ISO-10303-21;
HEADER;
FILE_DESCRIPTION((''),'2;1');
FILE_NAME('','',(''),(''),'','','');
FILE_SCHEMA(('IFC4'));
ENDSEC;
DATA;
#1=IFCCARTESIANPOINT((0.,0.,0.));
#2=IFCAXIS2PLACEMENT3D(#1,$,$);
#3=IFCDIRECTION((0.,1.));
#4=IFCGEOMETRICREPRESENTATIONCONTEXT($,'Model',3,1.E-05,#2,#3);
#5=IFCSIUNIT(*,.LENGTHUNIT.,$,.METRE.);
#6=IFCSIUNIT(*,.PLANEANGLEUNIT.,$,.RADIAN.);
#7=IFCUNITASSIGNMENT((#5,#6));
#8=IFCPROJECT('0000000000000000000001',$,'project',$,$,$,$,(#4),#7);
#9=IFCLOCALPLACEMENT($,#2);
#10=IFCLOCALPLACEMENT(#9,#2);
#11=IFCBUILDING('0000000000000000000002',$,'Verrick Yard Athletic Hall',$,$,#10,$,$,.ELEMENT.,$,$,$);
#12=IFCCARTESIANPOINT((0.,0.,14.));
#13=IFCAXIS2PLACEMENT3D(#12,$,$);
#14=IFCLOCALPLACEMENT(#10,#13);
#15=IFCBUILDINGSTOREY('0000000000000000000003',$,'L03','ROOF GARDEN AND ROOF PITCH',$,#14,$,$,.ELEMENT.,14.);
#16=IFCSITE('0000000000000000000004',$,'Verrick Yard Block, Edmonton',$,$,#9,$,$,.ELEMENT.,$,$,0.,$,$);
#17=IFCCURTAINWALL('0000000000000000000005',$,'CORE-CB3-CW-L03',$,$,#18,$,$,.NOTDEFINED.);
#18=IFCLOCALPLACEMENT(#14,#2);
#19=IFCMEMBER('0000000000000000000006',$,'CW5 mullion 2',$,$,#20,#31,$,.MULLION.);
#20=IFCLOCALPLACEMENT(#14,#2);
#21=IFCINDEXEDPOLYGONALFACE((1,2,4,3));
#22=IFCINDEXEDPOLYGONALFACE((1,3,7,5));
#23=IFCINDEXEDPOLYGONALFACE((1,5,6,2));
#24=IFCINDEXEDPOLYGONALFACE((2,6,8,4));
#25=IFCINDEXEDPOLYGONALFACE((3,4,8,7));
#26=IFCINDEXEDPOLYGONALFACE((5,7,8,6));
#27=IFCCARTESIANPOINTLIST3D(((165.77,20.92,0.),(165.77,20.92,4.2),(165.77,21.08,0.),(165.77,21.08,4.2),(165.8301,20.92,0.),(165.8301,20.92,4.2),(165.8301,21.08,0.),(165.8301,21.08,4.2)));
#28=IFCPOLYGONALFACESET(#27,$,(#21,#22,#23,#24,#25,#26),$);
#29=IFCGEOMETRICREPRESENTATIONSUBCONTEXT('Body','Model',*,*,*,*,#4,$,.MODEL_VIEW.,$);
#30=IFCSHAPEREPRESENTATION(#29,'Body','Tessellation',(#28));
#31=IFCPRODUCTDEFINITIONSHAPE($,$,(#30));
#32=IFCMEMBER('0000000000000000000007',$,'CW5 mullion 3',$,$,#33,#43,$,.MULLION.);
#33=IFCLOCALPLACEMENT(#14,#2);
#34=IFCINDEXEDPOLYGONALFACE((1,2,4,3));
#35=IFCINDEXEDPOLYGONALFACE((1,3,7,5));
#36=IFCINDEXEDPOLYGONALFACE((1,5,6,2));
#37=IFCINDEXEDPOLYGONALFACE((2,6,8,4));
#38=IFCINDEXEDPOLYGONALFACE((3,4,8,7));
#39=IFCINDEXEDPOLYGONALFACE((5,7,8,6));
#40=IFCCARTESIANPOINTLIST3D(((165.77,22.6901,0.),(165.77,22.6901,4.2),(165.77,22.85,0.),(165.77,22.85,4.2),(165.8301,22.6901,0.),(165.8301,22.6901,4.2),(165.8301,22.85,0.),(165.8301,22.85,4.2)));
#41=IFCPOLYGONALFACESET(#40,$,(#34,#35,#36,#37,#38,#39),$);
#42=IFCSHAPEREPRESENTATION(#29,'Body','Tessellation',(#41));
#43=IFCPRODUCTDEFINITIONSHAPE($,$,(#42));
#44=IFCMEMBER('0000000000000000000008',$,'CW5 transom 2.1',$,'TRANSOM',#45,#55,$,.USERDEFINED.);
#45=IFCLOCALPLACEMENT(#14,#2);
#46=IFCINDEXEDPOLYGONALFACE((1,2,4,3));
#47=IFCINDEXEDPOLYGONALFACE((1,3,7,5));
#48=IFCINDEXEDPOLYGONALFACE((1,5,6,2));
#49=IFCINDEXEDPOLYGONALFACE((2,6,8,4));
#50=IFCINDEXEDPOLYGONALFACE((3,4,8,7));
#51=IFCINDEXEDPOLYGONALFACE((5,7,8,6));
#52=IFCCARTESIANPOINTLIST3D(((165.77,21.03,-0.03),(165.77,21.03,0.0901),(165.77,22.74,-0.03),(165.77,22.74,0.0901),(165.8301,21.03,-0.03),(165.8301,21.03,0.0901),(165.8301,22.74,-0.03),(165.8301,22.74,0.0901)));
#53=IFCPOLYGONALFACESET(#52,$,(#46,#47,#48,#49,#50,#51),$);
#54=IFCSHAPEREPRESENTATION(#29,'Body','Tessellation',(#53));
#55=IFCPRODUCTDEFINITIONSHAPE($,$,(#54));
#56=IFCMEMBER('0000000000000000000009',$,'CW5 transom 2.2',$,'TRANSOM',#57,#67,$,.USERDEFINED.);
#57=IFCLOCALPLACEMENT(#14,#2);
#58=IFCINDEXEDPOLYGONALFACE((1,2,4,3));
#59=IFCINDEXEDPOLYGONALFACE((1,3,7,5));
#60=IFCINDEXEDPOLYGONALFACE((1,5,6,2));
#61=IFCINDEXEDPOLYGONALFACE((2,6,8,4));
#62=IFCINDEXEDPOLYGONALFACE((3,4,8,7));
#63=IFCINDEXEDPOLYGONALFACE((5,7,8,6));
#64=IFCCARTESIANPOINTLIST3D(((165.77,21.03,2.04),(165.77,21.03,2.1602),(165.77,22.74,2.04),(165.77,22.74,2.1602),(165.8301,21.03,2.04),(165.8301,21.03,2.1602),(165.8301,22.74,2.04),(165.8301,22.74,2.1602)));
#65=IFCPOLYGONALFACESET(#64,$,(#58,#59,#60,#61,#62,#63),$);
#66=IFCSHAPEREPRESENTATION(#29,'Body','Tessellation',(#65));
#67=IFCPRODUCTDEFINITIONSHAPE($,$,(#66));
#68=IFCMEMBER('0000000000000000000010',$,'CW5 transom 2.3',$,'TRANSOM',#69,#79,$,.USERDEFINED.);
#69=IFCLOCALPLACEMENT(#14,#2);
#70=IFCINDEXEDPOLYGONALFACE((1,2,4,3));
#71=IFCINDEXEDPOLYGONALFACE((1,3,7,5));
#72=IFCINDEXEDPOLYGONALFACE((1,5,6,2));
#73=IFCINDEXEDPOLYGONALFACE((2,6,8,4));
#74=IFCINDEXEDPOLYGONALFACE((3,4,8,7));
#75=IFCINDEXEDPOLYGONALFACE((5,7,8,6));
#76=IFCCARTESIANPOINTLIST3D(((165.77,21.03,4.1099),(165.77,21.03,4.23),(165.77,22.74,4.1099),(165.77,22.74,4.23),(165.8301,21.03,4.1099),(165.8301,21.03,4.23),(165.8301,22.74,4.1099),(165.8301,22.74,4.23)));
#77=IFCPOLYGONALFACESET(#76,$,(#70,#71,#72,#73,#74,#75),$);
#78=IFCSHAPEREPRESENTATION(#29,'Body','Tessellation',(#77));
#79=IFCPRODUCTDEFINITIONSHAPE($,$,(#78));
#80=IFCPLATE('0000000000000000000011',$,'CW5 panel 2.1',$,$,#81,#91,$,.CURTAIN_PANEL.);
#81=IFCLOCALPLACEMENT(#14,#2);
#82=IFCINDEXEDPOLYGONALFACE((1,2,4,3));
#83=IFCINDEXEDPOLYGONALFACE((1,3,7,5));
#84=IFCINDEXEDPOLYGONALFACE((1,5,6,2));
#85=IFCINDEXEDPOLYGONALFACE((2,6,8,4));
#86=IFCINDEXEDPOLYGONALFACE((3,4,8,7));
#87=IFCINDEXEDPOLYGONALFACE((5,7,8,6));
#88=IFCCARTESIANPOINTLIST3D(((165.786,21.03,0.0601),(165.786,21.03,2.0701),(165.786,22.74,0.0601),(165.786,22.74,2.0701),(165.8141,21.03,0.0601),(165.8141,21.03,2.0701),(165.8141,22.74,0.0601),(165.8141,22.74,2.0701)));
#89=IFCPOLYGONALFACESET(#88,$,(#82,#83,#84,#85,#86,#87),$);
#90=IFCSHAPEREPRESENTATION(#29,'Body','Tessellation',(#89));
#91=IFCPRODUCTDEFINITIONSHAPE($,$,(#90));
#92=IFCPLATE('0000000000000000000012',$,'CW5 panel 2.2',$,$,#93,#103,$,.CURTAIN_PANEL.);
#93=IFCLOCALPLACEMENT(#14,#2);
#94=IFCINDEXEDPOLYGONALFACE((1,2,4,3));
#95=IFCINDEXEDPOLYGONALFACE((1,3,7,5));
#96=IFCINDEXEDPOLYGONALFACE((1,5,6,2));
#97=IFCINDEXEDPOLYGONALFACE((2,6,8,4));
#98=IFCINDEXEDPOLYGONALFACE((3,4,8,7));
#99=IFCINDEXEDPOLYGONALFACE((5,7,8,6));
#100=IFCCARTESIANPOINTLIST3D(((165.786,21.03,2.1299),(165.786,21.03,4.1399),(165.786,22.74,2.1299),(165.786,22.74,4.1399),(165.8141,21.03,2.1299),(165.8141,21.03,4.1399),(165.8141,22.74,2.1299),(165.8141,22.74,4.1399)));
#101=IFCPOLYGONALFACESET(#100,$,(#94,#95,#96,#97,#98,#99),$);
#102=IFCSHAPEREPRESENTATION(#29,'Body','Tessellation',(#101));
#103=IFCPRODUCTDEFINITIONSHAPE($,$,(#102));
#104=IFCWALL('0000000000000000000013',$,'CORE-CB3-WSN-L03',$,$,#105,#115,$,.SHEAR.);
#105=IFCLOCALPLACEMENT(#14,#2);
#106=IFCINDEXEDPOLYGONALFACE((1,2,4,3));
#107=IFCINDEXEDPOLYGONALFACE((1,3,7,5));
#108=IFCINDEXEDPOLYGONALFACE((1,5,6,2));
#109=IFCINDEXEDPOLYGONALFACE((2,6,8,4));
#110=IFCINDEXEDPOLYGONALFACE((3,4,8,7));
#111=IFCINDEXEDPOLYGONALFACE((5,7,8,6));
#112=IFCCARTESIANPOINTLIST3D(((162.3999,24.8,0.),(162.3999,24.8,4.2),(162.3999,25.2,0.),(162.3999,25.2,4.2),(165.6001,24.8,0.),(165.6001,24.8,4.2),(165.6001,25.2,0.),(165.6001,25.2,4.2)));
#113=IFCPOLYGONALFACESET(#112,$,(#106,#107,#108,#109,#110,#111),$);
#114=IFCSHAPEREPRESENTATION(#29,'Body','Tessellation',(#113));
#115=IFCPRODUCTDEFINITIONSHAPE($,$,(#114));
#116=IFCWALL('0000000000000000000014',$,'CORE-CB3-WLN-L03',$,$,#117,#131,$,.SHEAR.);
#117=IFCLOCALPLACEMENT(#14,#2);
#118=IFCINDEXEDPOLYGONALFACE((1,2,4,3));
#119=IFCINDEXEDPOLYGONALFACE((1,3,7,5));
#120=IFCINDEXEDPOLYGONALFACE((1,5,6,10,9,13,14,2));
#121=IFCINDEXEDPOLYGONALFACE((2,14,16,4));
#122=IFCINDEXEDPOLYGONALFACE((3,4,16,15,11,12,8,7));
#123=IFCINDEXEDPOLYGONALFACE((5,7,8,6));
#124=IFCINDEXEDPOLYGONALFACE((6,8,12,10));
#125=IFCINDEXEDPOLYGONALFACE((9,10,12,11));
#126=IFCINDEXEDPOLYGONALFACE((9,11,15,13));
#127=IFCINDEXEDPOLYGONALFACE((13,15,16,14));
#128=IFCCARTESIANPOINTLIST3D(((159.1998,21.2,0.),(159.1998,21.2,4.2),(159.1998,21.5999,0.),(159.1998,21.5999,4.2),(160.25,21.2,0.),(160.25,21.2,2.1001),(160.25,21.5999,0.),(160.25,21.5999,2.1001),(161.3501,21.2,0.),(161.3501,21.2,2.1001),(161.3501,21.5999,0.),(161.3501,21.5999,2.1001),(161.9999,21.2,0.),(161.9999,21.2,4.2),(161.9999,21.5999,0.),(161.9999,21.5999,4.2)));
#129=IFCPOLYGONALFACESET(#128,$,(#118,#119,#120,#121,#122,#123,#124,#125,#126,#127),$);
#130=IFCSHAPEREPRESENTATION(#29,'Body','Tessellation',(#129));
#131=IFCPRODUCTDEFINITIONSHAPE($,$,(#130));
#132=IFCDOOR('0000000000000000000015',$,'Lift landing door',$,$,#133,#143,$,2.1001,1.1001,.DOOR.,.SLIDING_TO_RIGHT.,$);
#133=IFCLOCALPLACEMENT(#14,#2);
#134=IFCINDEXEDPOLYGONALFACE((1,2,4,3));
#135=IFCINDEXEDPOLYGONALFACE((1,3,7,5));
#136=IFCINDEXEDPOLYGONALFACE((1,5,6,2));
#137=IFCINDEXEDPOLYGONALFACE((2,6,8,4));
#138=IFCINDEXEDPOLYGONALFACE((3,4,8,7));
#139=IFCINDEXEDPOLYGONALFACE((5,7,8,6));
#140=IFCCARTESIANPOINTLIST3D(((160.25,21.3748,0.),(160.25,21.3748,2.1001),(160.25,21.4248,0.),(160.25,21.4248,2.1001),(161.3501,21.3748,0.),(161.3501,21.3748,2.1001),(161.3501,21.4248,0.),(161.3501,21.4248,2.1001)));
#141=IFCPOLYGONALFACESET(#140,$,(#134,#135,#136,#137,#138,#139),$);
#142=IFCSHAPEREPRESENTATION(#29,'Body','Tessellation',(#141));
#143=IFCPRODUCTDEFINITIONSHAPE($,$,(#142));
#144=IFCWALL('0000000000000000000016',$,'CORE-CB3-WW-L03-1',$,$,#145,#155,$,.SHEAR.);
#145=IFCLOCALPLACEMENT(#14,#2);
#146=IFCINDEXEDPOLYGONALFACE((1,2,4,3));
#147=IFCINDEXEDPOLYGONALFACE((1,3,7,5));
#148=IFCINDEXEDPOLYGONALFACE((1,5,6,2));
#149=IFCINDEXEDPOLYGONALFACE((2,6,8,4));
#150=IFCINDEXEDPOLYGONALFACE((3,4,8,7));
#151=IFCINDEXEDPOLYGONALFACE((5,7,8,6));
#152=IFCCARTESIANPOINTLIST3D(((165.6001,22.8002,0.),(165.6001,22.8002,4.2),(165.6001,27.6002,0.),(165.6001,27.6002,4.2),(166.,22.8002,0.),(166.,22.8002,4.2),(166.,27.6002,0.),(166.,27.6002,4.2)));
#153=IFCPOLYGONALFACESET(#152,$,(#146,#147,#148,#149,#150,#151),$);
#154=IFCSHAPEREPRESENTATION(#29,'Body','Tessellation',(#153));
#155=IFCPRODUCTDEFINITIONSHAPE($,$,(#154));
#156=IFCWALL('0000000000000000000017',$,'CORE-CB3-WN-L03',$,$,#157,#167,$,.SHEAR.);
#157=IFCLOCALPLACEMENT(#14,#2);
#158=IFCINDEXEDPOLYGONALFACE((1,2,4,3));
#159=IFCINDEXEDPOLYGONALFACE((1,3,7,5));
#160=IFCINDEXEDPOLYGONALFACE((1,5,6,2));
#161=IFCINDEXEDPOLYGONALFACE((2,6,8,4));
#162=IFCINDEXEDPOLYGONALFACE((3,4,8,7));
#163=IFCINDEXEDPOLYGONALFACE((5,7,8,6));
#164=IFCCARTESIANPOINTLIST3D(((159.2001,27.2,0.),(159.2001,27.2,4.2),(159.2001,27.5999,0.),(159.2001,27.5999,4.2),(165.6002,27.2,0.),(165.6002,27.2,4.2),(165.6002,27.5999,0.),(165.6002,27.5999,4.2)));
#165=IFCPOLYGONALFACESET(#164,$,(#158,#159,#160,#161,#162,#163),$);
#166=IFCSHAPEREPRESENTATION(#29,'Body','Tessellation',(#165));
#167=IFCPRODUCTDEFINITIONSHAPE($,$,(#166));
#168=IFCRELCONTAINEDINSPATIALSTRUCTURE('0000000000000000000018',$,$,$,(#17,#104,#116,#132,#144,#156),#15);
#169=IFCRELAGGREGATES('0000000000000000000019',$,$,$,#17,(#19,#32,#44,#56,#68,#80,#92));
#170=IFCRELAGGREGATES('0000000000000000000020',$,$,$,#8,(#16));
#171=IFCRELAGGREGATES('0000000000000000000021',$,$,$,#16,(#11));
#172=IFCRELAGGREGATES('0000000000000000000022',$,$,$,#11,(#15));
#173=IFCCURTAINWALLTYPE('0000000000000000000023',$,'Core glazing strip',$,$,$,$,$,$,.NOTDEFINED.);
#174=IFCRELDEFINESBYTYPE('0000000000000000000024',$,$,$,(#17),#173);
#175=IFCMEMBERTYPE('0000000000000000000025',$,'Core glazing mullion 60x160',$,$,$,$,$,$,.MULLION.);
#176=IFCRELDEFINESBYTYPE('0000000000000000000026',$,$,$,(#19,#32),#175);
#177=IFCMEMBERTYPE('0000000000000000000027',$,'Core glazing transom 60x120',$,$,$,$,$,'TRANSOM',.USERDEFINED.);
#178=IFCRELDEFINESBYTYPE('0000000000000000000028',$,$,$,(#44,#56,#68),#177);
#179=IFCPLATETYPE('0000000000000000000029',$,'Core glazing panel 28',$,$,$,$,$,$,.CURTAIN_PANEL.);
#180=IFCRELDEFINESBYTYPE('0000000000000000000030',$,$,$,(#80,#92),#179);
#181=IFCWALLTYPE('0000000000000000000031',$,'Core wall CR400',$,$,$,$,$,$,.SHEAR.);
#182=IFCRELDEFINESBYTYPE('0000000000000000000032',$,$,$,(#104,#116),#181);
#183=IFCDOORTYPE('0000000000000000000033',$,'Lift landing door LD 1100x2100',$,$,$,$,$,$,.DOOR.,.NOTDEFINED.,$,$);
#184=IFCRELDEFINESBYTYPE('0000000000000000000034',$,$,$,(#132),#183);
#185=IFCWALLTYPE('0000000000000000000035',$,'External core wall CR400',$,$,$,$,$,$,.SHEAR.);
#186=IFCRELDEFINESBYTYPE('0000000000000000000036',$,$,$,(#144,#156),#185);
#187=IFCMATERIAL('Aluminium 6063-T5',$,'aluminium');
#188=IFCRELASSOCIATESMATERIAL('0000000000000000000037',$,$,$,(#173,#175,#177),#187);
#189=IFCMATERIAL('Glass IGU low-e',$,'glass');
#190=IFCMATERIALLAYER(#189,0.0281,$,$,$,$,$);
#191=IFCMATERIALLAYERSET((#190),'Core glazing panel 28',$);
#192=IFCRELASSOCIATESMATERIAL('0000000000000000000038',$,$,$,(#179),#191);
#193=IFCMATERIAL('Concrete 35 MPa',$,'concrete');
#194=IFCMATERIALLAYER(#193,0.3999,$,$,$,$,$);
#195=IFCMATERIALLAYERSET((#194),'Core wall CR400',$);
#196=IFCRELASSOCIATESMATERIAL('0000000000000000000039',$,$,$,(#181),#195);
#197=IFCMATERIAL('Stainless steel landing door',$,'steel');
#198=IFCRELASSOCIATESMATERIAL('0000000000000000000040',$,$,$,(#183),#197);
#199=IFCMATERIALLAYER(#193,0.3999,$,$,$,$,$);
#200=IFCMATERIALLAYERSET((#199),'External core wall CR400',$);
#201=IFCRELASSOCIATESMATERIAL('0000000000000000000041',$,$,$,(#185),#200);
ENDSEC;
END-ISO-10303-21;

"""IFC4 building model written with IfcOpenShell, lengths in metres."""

from ifc_helpers import new_model, si_unit, direction, frame, frame_2d, origin, origin_2d, place, context, subcontext, project, spatial, rectangle, extrude, material, layer, layer_set, material_profile, profile_set, type_object, element, fill, aggregate, save


model = new_model("IFC4")

# Units and contexts
model_context = context("Model", 3, precision=1e-05, world=origin(), true_north=direction((0.0, 1.0)))
body_context = subcontext(model_context, "Body", "Model", "MODEL_VIEW")
ifc_project = project(units=[si_unit("LENGTHUNIT", "METRE"), si_unit("PLANEANGLEUNIT", "RADIAN")], contexts=[model_context])

# Site, building, storey
site_placement = place(None, origin())
site = spatial("IfcSite", under=ifc_project, at=site_placement, Name="Verrick Yard Block, Edmonton", CompositionType="ELEMENT", RefElevation=0.0)
building_placement = place(site_placement, origin())
building = spatial("IfcBuilding", under=site, at=building_placement, Name="Verrick Yard Athletic Hall", CompositionType="ELEMENT")
storey_placement = place(building_placement, frame((0.0, 0.0, 14.0)))
storey = spatial("IfcBuildingStorey", under=building, at=storey_placement, Name="L03", Description="ROOF GARDEN AND ROOF PITCH", CompositionType="ELEMENT", Elevation=14.0)

# Curtain wall, members, plates
ifc_material_1 = material(Name="Aluminium 6063-T5", Category="aluminium")
curtain_wall_type = type_object("IfcCurtainWallType", Name="Core glazing strip", PredefinedType="NOTDEFINED", material=ifc_material_1)
curtain_wall_placement = place(storey_placement, origin())
curtain_wall = element("IfcCurtainWall", 1, at=curtain_wall_placement, inside=storey, type_object=curtain_wall_type, Name="CORE-CB3-CW-L03", PredefinedType="NOTDEFINED")
ifc_material_profile_1 = material_profile(ifc_material_1, rectangle(XDim=0.0601, YDim=0.1599, at=origin_2d()), Name="Core glazing mullion 60x160")
ifc_profile_set_1 = profile_set([ifc_material_profile_1], Name="Aluminium 6063-T5")
member_type_1 = type_object("IfcMemberType", Name="Core glazing mullion 60x160", PredefinedType="MULLION", material=ifc_profile_set_1)
member_1_placement = place(storey_placement, frame((165.8, 21.0, 0.0), z_axis=(0.0, 0.0, 1.0), x_axis=(-1.0, 0.0, 0.0)))
member_1 = element("IfcMember", 2, at=member_1_placement, type_object=member_type_1, Name="CW5 mullion 2", PredefinedType="MULLION", context=body_context, shape_type="SweptSolid", body=[
    extrude(rectangle(XDim=0.0601, YDim=0.1599, at=origin_2d()), origin(), (0.0, 0.0, 1.0), 4.2),
])
member_2_placement = place(storey_placement, frame((165.8, 22.77, 0.0), z_axis=(0.0, 0.0, 1.0), x_axis=(-1.0, 0.0, 0.0)))
member_2 = element("IfcMember", 3, at=member_2_placement, type_object=member_type_1, Name="CW5 mullion 3", PredefinedType="MULLION", context=body_context, shape_type="SweptSolid", body=[
    extrude(rectangle(XDim=0.0601, YDim=0.1599, at=origin_2d()), origin(), (0.0, 0.0, 1.0), 4.2),
])
ifc_material_profile_2 = material_profile(ifc_material_1, rectangle(XDim=0.0601, YDim=0.1201, at=origin_2d()), Name="Core glazing transom 60x120")
ifc_profile_set_2 = profile_set([ifc_material_profile_2], Name="Aluminium 6063-T5")
member_type_2 = type_object("IfcMemberType", Name="Core glazing transom 60x120", ElementType="TRANSOM", PredefinedType="USERDEFINED", material=ifc_profile_set_2)
member_3_placement = place(storey_placement, frame((165.8, 21.03, 0.03), z_axis=(0.0, 1.0, 0.0), x_axis=(-1.0, 0.0, 0.0)))
member_3 = element("IfcMember", 4, at=member_3_placement, type_object=member_type_2, Name="CW5 transom 2.1", ObjectType="TRANSOM", PredefinedType="USERDEFINED", context=body_context, shape_type="SweptSolid", body=[
    extrude(rectangle(XDim=0.0601, YDim=0.1201, at=origin_2d()), origin(), (0.0, 0.0, 1.0), 1.71),
])
member_4_placement = place(storey_placement, frame((165.8, 21.03, 2.1001), z_axis=(0.0, 1.0, 0.0), x_axis=(-1.0, 0.0, 0.0)))
member_4 = element("IfcMember", 5, at=member_4_placement, type_object=member_type_2, Name="CW5 transom 2.2", ObjectType="TRANSOM", PredefinedType="USERDEFINED", context=body_context, shape_type="SweptSolid", body=[
    extrude(rectangle(XDim=0.0601, YDim=0.1201, at=origin_2d()), origin(), (0.0, 0.0, 1.0), 1.71),
])
member_5_placement = place(storey_placement, frame((165.8, 21.03, 4.1699), z_axis=(0.0, 1.0, 0.0), x_axis=(-1.0, 0.0, 0.0)))
member_5 = element("IfcMember", 6, at=member_5_placement, type_object=member_type_2, Name="CW5 transom 2.3", ObjectType="TRANSOM", PredefinedType="USERDEFINED", context=body_context, shape_type="SweptSolid", body=[
    extrude(rectangle(XDim=0.0601, YDim=0.1201, at=origin_2d()), origin(), (0.0, 0.0, 1.0), 1.71),
])
ifc_material_2 = material(Name="Glass IGU low-e", Category="glass")
ifc_layer_1 = layer(ifc_material_2, 0.0281)
ifc_layer_set_1 = layer_set([ifc_layer_1], Name="Core glazing panel 28")
plate_type = type_object("IfcPlateType", Name="Core glazing panel 28", PredefinedType="CURTAIN_PANEL", material=ifc_layer_set_1)
plate_1_placement = place(storey_placement, frame((165.8, 21.885, 0.0601), z_axis=(0.0, 0.0, 1.0), x_axis=(0.0, 1.0, 0.0)))
plate_1 = element("IfcPlate", 7, at=plate_1_placement, type_object=plate_type, Name="CW5 panel 2.1", PredefinedType="CURTAIN_PANEL", context=body_context, shape_type="SweptSolid", body=[
    extrude(rectangle(XDim=1.71, YDim=0.0281, at=origin_2d()), origin(), (0.0, 0.0, 1.0), 2.01),
])
plate_2_placement = place(storey_placement, frame((165.8, 21.885, 2.1299), z_axis=(0.0, 0.0, 1.0), x_axis=(0.0, 1.0, 0.0)))
plate_2 = element("IfcPlate", 8, at=plate_2_placement, type_object=plate_type, Name="CW5 panel 2.2", PredefinedType="CURTAIN_PANEL", context=body_context, shape_type="SweptSolid", body=[
    extrude(rectangle(XDim=1.71, YDim=0.0281, at=origin_2d()), origin(), (0.0, 0.0, 1.0), 2.01),
])
aggregate(curtain_wall, [member_1, member_2, member_3, member_4, member_5, plate_1, plate_2])

# Wall
ifc_material_3 = material(Name="Concrete 35 MPa", Category="concrete")
ifc_layer_2 = layer(ifc_material_3, 0.3999)
ifc_layer_set_2 = layer_set([ifc_layer_2], Name="Core wall CR400")
wall_type_1 = type_object("IfcWallType", Name="Core wall CR400", PredefinedType="SHEAR", material=ifc_layer_set_2)
wall_1_placement = place(storey_placement, frame((162.3999, 25.0, 0.0), z_axis=(0.0, 0.0, 1.0), x_axis=(1.0, 0.0, 0.0)))
element("IfcWall", 9, at=wall_1_placement, inside=storey, type_object=wall_type_1, Name="CORE-CB3-WSN-L03", PredefinedType="SHEAR", context=body_context, shape_type="SweptSolid", body=[
    extrude(rectangle(XDim=3.2002, YDim=0.3999, at=frame_2d((1.6001, 0.0))), origin(), (0.0, 0.0, 1.0), 4.2),
])

# Wall, opening, door
wall_2_placement = place(storey_placement, frame((159.2, 21.3999, 0.0), z_axis=(0.0, 0.0, 1.0), x_axis=(1.0, 0.0, 0.0)))
wall_2 = element("IfcWall", 10, at=wall_2_placement, inside=storey, type_object=wall_type_1, Name="CORE-CB3-WLN-L03", PredefinedType="SHEAR", context=body_context, shape_type="SweptSolid", body=[
    extrude(rectangle(XDim=2.8, YDim=0.3999, at=frame_2d((1.3999, 0.0))), origin(), (0.0, 0.0, 1.0), 4.2),
])
opening_placement = place(wall_2_placement, frame((1.05, 0.0, 0.0)))
opening = element("IfcOpeningElement", 11, at=opening_placement, cuts=wall_2, PredefinedType="OPENING", context=body_context, shape_type="SweptSolid", body=[
    extrude(rectangle(XDim=1.1001, YDim=2.1001, at=frame_2d((0.55, 1.05))), frame((0.0, 0.21, 0.0), z_axis=(0.0, -1.0, 0.0), x_axis=(1.0, 0.0, 0.0)), (0.0, 0.0, 1.0), 0.4199),
])
ifc_material_4 = material(Name="Stainless steel landing door", Category="steel")
door_type = type_object("IfcDoorType", Name="Lift landing door LD 1100x2100", OperationType="NOTDEFINED", PredefinedType="DOOR", material=ifc_material_4)
door_placement = place(opening_placement, origin())
door = element("IfcDoor", 12, at=door_placement, inside=storey, type_object=door_type, Name="Lift landing door", OperationType="SLIDING_TO_RIGHT", OverallHeight=2.1001, OverallWidth=1.1001, PredefinedType="DOOR", context=body_context, shape_type="SweptSolid", body=[
    extrude(rectangle(XDim=1.1001, YDim=2.1001, at=frame_2d((0.55, 1.05))), frame((0.0, 0.0249, 0.0), z_axis=(0.0, -1.0, 0.0), x_axis=(1.0, 0.0, 0.0)), (0.0, 0.0, 1.0), 0.05),
])
fill(opening, door)

# Walls
ifc_layer_3 = layer(ifc_material_3, 0.3999)
ifc_layer_set_3 = layer_set([ifc_layer_3], Name="External core wall CR400")
wall_type_2 = type_object("IfcWallType", Name="External core wall CR400", PredefinedType="SHEAR", material=ifc_layer_set_3)
wall_3_placement = place(storey_placement, frame((165.8, 27.6001, 0.0), z_axis=(0.0, 0.0, 1.0), x_axis=(0.0, -1.0, 0.0)))
element("IfcWall", 13, at=wall_3_placement, inside=storey, type_object=wall_type_2, Name="CORE-CB3-WW-L03-1", PredefinedType="SHEAR", context=body_context, shape_type="SweptSolid", body=[
    extrude(rectangle(XDim=4.8, YDim=0.3999, at=frame_2d((2.3999, 0.0))), origin(), (0.0, 0.0, 1.0), 4.2),
])
wall_4_placement = place(storey_placement, frame((159.2, 27.3999, 0.0), z_axis=(0.0, 0.0, 1.0), x_axis=(1.0, 0.0, 0.0)))
element("IfcWall", 14, at=wall_4_placement, inside=storey, type_object=wall_type_2, Name="CORE-CB3-WN-L03", PredefinedType="SHEAR", context=body_context, shape_type="SweptSolid", body=[
    extrude(rectangle(XDim=6.4001, YDim=0.3999, at=frame_2d((3.2002, 0.0))), origin(), (0.0, 0.0, 1.0), 4.2),
])

save(model, "model.ifc")
